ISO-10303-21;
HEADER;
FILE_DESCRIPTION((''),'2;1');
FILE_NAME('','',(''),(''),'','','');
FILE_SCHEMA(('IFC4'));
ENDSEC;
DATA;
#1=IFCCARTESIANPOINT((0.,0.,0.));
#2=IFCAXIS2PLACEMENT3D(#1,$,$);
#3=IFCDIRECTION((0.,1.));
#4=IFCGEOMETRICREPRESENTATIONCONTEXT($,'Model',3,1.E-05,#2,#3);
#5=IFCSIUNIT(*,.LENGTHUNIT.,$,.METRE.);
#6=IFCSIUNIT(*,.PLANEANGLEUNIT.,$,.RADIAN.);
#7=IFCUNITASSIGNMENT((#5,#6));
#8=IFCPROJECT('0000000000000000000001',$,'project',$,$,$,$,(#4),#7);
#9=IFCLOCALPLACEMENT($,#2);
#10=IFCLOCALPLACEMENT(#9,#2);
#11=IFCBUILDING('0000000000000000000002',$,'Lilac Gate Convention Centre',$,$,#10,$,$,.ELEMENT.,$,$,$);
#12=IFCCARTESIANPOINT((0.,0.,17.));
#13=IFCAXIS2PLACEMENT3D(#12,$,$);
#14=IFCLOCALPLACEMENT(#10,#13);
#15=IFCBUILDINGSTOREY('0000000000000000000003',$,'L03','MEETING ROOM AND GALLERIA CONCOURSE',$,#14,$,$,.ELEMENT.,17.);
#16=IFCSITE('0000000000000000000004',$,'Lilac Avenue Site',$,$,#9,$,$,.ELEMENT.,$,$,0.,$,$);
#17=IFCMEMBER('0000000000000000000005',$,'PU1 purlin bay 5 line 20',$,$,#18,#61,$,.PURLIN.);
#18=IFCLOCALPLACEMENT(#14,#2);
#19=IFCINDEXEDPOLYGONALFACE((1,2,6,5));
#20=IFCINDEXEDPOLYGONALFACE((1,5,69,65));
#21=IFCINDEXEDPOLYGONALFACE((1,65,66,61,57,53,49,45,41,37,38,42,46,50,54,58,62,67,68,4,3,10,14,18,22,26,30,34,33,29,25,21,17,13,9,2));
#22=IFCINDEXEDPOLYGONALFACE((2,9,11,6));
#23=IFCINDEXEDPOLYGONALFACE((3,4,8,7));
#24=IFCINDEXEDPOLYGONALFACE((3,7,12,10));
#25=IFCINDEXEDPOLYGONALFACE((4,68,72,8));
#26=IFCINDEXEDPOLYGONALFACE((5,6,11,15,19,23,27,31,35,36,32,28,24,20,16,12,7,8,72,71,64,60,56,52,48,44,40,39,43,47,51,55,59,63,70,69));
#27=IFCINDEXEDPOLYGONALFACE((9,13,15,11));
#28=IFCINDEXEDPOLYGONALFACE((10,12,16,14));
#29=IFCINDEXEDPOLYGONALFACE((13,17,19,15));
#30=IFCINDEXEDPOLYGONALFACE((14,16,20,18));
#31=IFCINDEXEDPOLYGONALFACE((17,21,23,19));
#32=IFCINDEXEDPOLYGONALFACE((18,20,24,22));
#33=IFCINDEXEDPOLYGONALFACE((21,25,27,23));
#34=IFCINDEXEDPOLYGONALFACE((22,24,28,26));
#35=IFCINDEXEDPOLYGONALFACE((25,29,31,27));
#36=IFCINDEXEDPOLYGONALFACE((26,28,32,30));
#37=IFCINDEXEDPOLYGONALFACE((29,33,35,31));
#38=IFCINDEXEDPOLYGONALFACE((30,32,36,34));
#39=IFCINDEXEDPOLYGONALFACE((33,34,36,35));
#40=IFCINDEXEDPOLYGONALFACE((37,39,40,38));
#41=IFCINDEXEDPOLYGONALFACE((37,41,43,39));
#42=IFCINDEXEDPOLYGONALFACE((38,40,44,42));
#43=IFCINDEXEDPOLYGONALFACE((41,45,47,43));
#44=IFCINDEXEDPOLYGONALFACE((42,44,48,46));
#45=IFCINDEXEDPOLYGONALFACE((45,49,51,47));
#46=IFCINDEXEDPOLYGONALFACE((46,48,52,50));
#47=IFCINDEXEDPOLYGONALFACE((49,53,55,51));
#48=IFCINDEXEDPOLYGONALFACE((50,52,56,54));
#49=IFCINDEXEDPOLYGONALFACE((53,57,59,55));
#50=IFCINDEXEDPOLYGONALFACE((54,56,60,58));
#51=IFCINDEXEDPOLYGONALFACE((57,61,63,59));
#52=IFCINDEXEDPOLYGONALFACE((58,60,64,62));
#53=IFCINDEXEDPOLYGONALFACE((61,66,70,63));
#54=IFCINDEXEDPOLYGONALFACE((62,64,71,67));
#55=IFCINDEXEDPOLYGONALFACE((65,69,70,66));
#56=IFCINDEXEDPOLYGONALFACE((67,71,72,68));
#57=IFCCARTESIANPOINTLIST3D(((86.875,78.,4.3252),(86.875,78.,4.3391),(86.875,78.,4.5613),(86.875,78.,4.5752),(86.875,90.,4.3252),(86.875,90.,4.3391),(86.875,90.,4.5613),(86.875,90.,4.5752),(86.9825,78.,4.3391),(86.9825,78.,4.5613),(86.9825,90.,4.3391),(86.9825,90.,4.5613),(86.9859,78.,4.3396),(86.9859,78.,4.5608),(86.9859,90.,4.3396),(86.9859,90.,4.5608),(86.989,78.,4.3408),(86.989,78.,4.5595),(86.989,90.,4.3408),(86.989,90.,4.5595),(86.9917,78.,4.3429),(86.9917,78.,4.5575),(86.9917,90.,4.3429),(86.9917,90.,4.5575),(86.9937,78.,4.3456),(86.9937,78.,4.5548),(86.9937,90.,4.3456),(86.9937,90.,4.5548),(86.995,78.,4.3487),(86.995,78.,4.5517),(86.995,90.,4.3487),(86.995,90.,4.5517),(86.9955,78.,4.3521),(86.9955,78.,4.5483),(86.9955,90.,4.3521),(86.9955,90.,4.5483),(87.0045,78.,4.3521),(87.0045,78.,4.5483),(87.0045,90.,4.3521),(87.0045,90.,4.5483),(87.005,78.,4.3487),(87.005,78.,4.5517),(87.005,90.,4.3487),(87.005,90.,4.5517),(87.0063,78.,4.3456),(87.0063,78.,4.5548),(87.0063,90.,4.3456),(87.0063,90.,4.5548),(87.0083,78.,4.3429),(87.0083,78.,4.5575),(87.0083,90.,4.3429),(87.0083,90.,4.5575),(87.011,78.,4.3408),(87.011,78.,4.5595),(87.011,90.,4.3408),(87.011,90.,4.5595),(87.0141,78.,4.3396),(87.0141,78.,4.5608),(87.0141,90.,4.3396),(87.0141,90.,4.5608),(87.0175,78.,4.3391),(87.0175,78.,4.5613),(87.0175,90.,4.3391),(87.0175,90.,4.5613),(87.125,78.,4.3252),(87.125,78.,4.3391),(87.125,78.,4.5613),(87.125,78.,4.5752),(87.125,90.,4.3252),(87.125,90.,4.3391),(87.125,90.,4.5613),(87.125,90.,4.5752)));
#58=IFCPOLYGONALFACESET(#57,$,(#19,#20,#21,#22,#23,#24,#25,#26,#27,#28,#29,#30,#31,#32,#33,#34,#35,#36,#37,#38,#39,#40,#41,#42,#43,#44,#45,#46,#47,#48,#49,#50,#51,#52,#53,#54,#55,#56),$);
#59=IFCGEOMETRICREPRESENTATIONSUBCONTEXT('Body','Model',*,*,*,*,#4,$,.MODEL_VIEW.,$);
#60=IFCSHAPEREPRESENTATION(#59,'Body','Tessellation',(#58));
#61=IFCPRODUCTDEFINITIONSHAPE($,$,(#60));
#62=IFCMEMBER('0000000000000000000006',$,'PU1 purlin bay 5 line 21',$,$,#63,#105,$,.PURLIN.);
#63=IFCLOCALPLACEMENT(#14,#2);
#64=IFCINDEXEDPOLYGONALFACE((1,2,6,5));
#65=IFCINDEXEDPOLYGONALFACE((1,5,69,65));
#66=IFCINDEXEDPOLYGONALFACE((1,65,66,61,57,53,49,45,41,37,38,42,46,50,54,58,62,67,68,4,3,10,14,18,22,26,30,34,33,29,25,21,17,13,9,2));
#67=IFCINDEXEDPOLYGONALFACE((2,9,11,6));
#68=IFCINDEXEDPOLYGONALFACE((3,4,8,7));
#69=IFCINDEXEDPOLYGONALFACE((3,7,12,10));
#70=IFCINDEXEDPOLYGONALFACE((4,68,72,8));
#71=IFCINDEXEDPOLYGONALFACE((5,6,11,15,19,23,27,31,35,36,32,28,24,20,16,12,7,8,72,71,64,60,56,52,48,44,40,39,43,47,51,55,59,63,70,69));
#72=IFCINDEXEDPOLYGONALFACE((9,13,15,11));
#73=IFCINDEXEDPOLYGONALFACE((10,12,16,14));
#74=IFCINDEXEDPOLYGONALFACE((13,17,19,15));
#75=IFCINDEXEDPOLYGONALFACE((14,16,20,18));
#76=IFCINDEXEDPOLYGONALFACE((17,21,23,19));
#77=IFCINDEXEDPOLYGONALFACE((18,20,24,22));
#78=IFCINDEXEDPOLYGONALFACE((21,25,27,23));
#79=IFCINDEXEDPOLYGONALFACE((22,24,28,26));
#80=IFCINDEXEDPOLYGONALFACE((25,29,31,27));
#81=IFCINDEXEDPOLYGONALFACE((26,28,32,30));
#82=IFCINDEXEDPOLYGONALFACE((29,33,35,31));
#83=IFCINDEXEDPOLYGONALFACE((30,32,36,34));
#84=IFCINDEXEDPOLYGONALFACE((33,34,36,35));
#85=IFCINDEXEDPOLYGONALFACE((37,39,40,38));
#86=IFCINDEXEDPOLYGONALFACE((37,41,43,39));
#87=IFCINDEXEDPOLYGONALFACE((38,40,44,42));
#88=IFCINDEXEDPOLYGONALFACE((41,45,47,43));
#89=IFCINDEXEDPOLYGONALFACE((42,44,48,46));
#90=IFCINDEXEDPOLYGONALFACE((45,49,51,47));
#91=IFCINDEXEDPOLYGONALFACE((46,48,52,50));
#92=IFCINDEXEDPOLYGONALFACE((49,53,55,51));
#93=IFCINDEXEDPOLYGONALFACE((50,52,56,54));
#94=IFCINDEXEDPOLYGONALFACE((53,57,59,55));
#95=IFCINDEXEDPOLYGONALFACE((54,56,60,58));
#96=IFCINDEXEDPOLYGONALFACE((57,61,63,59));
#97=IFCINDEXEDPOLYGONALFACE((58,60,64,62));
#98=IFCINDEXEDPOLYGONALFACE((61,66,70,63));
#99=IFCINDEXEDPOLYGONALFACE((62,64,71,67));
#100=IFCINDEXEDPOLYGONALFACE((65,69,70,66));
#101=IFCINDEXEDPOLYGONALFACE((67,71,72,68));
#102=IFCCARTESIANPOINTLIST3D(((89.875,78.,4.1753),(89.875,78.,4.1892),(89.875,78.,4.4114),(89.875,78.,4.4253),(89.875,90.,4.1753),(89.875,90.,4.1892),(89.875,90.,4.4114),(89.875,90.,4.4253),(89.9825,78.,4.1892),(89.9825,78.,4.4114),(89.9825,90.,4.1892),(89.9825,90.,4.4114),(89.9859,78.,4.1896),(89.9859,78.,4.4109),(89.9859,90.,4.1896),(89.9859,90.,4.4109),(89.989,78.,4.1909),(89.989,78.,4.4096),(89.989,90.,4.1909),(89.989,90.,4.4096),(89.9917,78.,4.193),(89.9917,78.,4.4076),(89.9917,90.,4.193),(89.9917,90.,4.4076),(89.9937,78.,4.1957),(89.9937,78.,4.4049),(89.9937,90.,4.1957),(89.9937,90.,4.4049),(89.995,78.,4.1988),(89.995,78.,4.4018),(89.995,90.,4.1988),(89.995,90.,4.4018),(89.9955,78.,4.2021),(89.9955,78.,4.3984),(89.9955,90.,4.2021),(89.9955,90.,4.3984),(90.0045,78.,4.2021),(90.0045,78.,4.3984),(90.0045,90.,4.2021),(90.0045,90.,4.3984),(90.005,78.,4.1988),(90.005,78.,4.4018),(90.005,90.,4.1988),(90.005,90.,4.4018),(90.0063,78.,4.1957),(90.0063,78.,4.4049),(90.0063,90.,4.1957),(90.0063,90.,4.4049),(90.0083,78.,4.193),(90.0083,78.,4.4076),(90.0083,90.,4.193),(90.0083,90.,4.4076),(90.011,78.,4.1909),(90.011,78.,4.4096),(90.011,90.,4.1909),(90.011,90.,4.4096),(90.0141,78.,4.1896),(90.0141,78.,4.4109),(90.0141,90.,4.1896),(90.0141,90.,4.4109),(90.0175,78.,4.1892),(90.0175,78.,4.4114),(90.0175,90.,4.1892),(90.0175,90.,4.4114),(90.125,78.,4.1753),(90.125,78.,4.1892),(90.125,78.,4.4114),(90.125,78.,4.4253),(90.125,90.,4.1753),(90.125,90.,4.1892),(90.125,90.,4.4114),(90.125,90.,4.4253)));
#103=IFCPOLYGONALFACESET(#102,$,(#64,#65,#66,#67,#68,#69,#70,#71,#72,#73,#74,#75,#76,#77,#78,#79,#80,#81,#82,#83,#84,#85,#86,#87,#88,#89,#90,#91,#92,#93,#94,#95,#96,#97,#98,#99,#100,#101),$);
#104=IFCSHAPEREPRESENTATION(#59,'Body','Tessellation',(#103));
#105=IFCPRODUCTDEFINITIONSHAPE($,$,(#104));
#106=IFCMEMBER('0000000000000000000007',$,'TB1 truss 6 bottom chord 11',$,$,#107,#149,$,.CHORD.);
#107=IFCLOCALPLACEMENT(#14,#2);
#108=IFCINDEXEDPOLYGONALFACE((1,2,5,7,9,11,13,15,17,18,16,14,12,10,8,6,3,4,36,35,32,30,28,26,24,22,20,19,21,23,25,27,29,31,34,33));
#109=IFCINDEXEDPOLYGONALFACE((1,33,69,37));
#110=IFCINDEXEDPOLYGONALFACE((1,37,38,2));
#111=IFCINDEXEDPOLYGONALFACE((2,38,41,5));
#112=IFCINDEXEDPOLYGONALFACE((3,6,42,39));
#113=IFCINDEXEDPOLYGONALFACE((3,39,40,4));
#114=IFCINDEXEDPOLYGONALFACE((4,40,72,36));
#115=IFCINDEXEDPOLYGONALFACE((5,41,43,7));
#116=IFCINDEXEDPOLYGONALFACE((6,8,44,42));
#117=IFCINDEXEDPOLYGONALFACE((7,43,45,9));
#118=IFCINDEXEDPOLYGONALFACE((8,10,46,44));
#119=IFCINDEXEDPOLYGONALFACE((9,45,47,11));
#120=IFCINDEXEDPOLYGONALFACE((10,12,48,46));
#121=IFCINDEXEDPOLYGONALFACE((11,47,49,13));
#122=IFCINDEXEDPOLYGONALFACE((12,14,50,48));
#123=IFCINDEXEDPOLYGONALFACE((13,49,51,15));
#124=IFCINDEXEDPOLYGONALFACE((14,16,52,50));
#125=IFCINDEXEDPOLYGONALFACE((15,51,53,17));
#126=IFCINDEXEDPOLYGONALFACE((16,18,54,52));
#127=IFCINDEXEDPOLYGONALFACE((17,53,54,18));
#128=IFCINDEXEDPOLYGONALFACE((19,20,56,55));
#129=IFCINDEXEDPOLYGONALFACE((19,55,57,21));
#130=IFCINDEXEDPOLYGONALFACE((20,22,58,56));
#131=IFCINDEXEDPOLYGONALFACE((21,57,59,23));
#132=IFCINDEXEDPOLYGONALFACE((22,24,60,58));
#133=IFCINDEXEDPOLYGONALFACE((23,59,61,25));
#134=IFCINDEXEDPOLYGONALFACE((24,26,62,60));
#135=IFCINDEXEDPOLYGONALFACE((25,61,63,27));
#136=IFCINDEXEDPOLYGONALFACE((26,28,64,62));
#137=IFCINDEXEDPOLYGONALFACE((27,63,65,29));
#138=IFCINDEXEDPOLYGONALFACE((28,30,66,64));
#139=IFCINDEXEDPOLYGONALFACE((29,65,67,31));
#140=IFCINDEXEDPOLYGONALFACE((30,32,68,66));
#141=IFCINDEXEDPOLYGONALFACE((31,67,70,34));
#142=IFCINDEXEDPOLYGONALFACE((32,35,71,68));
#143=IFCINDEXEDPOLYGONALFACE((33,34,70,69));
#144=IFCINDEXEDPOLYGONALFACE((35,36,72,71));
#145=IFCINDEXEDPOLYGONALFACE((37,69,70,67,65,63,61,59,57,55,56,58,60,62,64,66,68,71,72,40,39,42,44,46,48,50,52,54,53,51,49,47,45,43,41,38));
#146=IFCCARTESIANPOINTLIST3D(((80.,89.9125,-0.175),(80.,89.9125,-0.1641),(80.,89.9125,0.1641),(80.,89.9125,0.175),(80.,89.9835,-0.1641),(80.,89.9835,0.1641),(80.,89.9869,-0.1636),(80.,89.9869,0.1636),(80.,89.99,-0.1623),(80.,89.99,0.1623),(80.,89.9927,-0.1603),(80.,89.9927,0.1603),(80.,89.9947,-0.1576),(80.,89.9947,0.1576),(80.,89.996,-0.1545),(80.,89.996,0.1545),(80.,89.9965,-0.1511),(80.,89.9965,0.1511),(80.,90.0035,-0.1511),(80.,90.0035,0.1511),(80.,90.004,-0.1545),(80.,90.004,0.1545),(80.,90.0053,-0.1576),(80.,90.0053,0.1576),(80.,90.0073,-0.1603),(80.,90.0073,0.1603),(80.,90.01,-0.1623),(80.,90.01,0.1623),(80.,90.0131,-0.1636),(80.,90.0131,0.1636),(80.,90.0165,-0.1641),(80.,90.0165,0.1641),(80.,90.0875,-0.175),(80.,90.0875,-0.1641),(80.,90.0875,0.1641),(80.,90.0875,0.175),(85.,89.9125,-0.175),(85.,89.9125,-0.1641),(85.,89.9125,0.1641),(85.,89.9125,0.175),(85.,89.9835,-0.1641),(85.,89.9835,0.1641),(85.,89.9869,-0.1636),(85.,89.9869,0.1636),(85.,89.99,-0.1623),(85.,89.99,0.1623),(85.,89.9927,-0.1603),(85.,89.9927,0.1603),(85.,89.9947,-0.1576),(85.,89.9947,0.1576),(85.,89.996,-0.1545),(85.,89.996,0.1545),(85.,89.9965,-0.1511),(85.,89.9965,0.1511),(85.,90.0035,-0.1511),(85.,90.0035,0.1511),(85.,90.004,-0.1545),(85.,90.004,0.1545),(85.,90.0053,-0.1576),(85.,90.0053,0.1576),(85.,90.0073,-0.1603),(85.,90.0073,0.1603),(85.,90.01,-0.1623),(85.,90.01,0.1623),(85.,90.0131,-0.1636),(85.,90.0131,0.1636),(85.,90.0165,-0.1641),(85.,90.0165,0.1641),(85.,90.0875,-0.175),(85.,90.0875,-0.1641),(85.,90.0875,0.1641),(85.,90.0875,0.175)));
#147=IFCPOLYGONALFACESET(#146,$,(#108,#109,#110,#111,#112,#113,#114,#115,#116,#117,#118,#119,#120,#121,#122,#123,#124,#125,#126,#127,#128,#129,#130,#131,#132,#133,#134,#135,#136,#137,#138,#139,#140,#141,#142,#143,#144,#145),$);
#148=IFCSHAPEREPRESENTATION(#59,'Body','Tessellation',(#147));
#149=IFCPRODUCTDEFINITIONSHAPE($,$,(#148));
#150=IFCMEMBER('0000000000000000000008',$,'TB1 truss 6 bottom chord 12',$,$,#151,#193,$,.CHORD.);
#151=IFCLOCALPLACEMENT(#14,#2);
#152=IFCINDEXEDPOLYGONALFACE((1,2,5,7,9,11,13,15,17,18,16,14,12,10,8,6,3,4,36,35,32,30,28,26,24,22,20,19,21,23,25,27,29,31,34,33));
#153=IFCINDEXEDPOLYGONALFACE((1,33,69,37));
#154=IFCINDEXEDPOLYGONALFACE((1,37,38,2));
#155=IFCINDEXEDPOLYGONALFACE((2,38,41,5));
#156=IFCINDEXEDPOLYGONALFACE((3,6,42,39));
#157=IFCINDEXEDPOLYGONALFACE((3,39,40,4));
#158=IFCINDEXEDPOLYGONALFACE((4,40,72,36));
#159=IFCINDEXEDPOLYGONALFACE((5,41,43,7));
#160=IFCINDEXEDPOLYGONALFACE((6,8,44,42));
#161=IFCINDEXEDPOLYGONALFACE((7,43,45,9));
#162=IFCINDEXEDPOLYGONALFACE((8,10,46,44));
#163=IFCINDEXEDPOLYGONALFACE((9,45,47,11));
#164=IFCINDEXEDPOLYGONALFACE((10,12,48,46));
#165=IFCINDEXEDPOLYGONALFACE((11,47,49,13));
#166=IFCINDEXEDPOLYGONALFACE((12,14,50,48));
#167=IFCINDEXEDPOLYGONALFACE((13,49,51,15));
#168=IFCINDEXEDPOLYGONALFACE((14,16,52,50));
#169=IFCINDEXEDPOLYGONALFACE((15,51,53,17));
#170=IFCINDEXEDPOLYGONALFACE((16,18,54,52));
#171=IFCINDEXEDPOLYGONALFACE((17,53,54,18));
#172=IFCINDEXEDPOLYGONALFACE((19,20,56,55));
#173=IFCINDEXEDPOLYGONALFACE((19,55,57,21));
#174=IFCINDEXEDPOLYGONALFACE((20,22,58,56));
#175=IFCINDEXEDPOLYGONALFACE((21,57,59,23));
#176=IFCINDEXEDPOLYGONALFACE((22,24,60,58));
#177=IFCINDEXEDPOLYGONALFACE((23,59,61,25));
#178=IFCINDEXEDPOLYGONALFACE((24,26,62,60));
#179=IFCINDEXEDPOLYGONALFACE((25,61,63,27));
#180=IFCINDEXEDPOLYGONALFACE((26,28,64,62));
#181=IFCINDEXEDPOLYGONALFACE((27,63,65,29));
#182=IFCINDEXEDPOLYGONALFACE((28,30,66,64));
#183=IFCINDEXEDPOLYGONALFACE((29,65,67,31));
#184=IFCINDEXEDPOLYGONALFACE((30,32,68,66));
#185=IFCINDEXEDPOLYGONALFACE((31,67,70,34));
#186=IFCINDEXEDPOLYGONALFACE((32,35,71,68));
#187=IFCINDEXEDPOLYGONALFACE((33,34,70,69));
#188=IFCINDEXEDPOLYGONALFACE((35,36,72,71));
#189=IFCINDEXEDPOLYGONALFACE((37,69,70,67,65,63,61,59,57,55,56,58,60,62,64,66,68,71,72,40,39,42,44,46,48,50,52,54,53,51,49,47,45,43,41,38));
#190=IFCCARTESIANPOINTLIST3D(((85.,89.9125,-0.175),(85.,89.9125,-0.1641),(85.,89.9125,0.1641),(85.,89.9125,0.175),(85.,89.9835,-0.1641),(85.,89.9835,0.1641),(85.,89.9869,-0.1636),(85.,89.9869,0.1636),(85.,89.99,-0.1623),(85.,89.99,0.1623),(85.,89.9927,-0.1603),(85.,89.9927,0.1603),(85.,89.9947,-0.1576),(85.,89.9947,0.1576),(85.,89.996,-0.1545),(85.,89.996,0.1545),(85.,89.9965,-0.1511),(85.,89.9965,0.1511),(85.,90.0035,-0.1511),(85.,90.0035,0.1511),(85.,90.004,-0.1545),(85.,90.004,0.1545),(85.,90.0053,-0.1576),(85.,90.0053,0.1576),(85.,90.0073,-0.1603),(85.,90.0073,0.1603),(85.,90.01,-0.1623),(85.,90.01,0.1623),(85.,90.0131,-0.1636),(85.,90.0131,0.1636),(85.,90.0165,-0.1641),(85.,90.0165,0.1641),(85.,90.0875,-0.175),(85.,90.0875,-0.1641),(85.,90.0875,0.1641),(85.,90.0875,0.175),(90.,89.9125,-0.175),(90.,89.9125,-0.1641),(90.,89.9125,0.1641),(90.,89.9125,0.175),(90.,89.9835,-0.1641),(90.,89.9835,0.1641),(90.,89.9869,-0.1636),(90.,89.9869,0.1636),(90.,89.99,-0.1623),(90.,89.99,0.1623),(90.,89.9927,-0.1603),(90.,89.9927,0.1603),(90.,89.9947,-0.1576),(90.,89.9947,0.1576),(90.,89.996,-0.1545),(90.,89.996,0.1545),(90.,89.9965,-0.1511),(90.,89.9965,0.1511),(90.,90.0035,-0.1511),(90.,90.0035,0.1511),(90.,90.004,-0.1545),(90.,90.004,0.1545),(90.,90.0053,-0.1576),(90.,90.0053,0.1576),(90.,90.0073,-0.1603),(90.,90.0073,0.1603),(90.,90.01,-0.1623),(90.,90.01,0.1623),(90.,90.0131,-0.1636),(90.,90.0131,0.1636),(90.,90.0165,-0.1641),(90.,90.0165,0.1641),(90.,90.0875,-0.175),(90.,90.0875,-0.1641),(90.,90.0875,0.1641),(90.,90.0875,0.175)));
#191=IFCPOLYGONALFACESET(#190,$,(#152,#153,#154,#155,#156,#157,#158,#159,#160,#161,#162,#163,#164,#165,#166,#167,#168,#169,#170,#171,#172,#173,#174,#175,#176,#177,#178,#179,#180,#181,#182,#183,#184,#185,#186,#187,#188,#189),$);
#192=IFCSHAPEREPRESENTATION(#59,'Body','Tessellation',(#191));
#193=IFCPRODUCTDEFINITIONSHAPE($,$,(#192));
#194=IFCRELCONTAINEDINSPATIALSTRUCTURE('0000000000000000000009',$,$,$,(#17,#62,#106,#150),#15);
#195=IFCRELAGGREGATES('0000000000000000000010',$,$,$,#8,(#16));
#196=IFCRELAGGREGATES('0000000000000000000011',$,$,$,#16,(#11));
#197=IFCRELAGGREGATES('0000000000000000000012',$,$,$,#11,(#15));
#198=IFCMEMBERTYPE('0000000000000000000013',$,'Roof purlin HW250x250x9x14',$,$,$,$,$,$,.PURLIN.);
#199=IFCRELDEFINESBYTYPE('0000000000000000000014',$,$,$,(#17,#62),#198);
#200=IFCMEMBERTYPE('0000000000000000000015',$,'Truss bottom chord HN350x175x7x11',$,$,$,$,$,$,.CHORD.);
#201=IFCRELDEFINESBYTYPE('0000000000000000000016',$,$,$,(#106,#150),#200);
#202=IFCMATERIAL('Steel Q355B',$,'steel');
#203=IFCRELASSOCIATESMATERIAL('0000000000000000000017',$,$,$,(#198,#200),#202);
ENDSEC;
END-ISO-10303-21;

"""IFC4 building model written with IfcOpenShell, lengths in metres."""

from ifc_helpers import new_model, si_unit, direction, frame, origin, origin_2d, place, context, subcontext, project, spatial, i_section, extrude, material, material_profile, profile_set, type_object, element, save


model = new_model("IFC4")

# Units and contexts
model_context = context("Model", 3, precision=1e-05, world=origin(), true_north=direction((0.0, 1.0)))
body_context = subcontext(model_context, "Body", "Model", "MODEL_VIEW")
ifc_project = project(units=[si_unit("LENGTHUNIT", "METRE"), si_unit("PLANEANGLEUNIT", "RADIAN")], contexts=[model_context])

# Site, building, storey
site_placement = place(None, origin())
site = spatial("IfcSite", under=ifc_project, at=site_placement, Name="Lilac Avenue Site", CompositionType="ELEMENT", RefElevation=0.0)
building_placement = place(site_placement, origin())
building = spatial("IfcBuilding", under=site, at=building_placement, Name="Lilac Gate Convention Centre", CompositionType="ELEMENT")
storey_placement = place(building_placement, frame((0.0, 0.0, 17.0)))
storey = spatial("IfcBuildingStorey", under=building, at=storey_placement, Name="L03", Description="MEETING ROOM AND GALLERIA CONCOURSE", CompositionType="ELEMENT", Elevation=17.0)

# Members
ifc_material = material(Name="Steel Q355B", Category="steel")
ifc_material_profile_1 = material_profile(ifc_material, i_section(OverallWidth=0.25, OverallDepth=0.25, WebThickness=0.009, FlangeThickness=0.0139, FilletRadius=0.0129, at=origin_2d()), Name="HW250x250x9x14")
ifc_profile_set_1 = profile_set([ifc_material_profile_1], Name="Steel Q355B")
member_type_1 = type_object("IfcMemberType", Name="Roof purlin HW250x250x9x14", PredefinedType="PURLIN", material=ifc_profile_set_1)
for number, where, z_axis, x_axis, name in (
    (1, (87.0, 78.0, 4.4502), (0.0, 1.0, 0.0), (-1.0, 0.0, 0.0), "PU1 purlin bay 5 line 20"),
    (2, (90.0, 78.0, 4.3003), (0.0, 1.0, 0.0), (-1.0, 0.0, 0.0), "PU1 purlin bay 5 line 21"),
):
    element("IfcMember", number, at=place(storey_placement, frame(where, z_axis=z_axis, x_axis=x_axis)), inside=storey, type_object=member_type_1, Name=name, PredefinedType="PURLIN", context=body_context, shape_type="SweptSolid", body=[
        extrude(i_section(OverallWidth=0.25, OverallDepth=0.25, WebThickness=0.009, FlangeThickness=0.0139, FilletRadius=0.0129, at=origin_2d()), origin(), (0.0, 0.0, 1.0), 12.0),
    ])
ifc_material_profile_2 = material_profile(ifc_material, i_section(OverallWidth=0.175, OverallDepth=0.3501, WebThickness=0.0071, FlangeThickness=0.011, FilletRadius=0.0129, at=origin_2d()), Name="HN350x175x7x11")
ifc_profile_set_2 = profile_set([ifc_material_profile_2], Name="Steel Q355B")
member_type_2 = type_object("IfcMemberType", Name="Truss bottom chord HN350x175x7x11", PredefinedType="CHORD", material=ifc_profile_set_2)
for number, where, z_axis, x_axis, name in (
    (3, (80.0, 90.0, 0.0), (1.0, 0.0, 0.0), (0.0, 1.0, 0.0), "TB1 truss 6 bottom chord 11"),
    (4, (85.0, 90.0, 0.0), (1.0, 0.0, 0.0), (0.0, 1.0, 0.0), "TB1 truss 6 bottom chord 12"),
):
    element("IfcMember", number, at=place(storey_placement, frame(where, z_axis=z_axis, x_axis=x_axis)), inside=storey, type_object=member_type_2, Name=name, PredefinedType="CHORD", context=body_context, shape_type="SweptSolid", body=[
        extrude(i_section(OverallWidth=0.175, OverallDepth=0.3501, WebThickness=0.0071, FlangeThickness=0.011, FilletRadius=0.0129, at=origin_2d()), origin(), (0.0, 0.0, 1.0), 5.0),
    ])

save(model, "model.ifc")
